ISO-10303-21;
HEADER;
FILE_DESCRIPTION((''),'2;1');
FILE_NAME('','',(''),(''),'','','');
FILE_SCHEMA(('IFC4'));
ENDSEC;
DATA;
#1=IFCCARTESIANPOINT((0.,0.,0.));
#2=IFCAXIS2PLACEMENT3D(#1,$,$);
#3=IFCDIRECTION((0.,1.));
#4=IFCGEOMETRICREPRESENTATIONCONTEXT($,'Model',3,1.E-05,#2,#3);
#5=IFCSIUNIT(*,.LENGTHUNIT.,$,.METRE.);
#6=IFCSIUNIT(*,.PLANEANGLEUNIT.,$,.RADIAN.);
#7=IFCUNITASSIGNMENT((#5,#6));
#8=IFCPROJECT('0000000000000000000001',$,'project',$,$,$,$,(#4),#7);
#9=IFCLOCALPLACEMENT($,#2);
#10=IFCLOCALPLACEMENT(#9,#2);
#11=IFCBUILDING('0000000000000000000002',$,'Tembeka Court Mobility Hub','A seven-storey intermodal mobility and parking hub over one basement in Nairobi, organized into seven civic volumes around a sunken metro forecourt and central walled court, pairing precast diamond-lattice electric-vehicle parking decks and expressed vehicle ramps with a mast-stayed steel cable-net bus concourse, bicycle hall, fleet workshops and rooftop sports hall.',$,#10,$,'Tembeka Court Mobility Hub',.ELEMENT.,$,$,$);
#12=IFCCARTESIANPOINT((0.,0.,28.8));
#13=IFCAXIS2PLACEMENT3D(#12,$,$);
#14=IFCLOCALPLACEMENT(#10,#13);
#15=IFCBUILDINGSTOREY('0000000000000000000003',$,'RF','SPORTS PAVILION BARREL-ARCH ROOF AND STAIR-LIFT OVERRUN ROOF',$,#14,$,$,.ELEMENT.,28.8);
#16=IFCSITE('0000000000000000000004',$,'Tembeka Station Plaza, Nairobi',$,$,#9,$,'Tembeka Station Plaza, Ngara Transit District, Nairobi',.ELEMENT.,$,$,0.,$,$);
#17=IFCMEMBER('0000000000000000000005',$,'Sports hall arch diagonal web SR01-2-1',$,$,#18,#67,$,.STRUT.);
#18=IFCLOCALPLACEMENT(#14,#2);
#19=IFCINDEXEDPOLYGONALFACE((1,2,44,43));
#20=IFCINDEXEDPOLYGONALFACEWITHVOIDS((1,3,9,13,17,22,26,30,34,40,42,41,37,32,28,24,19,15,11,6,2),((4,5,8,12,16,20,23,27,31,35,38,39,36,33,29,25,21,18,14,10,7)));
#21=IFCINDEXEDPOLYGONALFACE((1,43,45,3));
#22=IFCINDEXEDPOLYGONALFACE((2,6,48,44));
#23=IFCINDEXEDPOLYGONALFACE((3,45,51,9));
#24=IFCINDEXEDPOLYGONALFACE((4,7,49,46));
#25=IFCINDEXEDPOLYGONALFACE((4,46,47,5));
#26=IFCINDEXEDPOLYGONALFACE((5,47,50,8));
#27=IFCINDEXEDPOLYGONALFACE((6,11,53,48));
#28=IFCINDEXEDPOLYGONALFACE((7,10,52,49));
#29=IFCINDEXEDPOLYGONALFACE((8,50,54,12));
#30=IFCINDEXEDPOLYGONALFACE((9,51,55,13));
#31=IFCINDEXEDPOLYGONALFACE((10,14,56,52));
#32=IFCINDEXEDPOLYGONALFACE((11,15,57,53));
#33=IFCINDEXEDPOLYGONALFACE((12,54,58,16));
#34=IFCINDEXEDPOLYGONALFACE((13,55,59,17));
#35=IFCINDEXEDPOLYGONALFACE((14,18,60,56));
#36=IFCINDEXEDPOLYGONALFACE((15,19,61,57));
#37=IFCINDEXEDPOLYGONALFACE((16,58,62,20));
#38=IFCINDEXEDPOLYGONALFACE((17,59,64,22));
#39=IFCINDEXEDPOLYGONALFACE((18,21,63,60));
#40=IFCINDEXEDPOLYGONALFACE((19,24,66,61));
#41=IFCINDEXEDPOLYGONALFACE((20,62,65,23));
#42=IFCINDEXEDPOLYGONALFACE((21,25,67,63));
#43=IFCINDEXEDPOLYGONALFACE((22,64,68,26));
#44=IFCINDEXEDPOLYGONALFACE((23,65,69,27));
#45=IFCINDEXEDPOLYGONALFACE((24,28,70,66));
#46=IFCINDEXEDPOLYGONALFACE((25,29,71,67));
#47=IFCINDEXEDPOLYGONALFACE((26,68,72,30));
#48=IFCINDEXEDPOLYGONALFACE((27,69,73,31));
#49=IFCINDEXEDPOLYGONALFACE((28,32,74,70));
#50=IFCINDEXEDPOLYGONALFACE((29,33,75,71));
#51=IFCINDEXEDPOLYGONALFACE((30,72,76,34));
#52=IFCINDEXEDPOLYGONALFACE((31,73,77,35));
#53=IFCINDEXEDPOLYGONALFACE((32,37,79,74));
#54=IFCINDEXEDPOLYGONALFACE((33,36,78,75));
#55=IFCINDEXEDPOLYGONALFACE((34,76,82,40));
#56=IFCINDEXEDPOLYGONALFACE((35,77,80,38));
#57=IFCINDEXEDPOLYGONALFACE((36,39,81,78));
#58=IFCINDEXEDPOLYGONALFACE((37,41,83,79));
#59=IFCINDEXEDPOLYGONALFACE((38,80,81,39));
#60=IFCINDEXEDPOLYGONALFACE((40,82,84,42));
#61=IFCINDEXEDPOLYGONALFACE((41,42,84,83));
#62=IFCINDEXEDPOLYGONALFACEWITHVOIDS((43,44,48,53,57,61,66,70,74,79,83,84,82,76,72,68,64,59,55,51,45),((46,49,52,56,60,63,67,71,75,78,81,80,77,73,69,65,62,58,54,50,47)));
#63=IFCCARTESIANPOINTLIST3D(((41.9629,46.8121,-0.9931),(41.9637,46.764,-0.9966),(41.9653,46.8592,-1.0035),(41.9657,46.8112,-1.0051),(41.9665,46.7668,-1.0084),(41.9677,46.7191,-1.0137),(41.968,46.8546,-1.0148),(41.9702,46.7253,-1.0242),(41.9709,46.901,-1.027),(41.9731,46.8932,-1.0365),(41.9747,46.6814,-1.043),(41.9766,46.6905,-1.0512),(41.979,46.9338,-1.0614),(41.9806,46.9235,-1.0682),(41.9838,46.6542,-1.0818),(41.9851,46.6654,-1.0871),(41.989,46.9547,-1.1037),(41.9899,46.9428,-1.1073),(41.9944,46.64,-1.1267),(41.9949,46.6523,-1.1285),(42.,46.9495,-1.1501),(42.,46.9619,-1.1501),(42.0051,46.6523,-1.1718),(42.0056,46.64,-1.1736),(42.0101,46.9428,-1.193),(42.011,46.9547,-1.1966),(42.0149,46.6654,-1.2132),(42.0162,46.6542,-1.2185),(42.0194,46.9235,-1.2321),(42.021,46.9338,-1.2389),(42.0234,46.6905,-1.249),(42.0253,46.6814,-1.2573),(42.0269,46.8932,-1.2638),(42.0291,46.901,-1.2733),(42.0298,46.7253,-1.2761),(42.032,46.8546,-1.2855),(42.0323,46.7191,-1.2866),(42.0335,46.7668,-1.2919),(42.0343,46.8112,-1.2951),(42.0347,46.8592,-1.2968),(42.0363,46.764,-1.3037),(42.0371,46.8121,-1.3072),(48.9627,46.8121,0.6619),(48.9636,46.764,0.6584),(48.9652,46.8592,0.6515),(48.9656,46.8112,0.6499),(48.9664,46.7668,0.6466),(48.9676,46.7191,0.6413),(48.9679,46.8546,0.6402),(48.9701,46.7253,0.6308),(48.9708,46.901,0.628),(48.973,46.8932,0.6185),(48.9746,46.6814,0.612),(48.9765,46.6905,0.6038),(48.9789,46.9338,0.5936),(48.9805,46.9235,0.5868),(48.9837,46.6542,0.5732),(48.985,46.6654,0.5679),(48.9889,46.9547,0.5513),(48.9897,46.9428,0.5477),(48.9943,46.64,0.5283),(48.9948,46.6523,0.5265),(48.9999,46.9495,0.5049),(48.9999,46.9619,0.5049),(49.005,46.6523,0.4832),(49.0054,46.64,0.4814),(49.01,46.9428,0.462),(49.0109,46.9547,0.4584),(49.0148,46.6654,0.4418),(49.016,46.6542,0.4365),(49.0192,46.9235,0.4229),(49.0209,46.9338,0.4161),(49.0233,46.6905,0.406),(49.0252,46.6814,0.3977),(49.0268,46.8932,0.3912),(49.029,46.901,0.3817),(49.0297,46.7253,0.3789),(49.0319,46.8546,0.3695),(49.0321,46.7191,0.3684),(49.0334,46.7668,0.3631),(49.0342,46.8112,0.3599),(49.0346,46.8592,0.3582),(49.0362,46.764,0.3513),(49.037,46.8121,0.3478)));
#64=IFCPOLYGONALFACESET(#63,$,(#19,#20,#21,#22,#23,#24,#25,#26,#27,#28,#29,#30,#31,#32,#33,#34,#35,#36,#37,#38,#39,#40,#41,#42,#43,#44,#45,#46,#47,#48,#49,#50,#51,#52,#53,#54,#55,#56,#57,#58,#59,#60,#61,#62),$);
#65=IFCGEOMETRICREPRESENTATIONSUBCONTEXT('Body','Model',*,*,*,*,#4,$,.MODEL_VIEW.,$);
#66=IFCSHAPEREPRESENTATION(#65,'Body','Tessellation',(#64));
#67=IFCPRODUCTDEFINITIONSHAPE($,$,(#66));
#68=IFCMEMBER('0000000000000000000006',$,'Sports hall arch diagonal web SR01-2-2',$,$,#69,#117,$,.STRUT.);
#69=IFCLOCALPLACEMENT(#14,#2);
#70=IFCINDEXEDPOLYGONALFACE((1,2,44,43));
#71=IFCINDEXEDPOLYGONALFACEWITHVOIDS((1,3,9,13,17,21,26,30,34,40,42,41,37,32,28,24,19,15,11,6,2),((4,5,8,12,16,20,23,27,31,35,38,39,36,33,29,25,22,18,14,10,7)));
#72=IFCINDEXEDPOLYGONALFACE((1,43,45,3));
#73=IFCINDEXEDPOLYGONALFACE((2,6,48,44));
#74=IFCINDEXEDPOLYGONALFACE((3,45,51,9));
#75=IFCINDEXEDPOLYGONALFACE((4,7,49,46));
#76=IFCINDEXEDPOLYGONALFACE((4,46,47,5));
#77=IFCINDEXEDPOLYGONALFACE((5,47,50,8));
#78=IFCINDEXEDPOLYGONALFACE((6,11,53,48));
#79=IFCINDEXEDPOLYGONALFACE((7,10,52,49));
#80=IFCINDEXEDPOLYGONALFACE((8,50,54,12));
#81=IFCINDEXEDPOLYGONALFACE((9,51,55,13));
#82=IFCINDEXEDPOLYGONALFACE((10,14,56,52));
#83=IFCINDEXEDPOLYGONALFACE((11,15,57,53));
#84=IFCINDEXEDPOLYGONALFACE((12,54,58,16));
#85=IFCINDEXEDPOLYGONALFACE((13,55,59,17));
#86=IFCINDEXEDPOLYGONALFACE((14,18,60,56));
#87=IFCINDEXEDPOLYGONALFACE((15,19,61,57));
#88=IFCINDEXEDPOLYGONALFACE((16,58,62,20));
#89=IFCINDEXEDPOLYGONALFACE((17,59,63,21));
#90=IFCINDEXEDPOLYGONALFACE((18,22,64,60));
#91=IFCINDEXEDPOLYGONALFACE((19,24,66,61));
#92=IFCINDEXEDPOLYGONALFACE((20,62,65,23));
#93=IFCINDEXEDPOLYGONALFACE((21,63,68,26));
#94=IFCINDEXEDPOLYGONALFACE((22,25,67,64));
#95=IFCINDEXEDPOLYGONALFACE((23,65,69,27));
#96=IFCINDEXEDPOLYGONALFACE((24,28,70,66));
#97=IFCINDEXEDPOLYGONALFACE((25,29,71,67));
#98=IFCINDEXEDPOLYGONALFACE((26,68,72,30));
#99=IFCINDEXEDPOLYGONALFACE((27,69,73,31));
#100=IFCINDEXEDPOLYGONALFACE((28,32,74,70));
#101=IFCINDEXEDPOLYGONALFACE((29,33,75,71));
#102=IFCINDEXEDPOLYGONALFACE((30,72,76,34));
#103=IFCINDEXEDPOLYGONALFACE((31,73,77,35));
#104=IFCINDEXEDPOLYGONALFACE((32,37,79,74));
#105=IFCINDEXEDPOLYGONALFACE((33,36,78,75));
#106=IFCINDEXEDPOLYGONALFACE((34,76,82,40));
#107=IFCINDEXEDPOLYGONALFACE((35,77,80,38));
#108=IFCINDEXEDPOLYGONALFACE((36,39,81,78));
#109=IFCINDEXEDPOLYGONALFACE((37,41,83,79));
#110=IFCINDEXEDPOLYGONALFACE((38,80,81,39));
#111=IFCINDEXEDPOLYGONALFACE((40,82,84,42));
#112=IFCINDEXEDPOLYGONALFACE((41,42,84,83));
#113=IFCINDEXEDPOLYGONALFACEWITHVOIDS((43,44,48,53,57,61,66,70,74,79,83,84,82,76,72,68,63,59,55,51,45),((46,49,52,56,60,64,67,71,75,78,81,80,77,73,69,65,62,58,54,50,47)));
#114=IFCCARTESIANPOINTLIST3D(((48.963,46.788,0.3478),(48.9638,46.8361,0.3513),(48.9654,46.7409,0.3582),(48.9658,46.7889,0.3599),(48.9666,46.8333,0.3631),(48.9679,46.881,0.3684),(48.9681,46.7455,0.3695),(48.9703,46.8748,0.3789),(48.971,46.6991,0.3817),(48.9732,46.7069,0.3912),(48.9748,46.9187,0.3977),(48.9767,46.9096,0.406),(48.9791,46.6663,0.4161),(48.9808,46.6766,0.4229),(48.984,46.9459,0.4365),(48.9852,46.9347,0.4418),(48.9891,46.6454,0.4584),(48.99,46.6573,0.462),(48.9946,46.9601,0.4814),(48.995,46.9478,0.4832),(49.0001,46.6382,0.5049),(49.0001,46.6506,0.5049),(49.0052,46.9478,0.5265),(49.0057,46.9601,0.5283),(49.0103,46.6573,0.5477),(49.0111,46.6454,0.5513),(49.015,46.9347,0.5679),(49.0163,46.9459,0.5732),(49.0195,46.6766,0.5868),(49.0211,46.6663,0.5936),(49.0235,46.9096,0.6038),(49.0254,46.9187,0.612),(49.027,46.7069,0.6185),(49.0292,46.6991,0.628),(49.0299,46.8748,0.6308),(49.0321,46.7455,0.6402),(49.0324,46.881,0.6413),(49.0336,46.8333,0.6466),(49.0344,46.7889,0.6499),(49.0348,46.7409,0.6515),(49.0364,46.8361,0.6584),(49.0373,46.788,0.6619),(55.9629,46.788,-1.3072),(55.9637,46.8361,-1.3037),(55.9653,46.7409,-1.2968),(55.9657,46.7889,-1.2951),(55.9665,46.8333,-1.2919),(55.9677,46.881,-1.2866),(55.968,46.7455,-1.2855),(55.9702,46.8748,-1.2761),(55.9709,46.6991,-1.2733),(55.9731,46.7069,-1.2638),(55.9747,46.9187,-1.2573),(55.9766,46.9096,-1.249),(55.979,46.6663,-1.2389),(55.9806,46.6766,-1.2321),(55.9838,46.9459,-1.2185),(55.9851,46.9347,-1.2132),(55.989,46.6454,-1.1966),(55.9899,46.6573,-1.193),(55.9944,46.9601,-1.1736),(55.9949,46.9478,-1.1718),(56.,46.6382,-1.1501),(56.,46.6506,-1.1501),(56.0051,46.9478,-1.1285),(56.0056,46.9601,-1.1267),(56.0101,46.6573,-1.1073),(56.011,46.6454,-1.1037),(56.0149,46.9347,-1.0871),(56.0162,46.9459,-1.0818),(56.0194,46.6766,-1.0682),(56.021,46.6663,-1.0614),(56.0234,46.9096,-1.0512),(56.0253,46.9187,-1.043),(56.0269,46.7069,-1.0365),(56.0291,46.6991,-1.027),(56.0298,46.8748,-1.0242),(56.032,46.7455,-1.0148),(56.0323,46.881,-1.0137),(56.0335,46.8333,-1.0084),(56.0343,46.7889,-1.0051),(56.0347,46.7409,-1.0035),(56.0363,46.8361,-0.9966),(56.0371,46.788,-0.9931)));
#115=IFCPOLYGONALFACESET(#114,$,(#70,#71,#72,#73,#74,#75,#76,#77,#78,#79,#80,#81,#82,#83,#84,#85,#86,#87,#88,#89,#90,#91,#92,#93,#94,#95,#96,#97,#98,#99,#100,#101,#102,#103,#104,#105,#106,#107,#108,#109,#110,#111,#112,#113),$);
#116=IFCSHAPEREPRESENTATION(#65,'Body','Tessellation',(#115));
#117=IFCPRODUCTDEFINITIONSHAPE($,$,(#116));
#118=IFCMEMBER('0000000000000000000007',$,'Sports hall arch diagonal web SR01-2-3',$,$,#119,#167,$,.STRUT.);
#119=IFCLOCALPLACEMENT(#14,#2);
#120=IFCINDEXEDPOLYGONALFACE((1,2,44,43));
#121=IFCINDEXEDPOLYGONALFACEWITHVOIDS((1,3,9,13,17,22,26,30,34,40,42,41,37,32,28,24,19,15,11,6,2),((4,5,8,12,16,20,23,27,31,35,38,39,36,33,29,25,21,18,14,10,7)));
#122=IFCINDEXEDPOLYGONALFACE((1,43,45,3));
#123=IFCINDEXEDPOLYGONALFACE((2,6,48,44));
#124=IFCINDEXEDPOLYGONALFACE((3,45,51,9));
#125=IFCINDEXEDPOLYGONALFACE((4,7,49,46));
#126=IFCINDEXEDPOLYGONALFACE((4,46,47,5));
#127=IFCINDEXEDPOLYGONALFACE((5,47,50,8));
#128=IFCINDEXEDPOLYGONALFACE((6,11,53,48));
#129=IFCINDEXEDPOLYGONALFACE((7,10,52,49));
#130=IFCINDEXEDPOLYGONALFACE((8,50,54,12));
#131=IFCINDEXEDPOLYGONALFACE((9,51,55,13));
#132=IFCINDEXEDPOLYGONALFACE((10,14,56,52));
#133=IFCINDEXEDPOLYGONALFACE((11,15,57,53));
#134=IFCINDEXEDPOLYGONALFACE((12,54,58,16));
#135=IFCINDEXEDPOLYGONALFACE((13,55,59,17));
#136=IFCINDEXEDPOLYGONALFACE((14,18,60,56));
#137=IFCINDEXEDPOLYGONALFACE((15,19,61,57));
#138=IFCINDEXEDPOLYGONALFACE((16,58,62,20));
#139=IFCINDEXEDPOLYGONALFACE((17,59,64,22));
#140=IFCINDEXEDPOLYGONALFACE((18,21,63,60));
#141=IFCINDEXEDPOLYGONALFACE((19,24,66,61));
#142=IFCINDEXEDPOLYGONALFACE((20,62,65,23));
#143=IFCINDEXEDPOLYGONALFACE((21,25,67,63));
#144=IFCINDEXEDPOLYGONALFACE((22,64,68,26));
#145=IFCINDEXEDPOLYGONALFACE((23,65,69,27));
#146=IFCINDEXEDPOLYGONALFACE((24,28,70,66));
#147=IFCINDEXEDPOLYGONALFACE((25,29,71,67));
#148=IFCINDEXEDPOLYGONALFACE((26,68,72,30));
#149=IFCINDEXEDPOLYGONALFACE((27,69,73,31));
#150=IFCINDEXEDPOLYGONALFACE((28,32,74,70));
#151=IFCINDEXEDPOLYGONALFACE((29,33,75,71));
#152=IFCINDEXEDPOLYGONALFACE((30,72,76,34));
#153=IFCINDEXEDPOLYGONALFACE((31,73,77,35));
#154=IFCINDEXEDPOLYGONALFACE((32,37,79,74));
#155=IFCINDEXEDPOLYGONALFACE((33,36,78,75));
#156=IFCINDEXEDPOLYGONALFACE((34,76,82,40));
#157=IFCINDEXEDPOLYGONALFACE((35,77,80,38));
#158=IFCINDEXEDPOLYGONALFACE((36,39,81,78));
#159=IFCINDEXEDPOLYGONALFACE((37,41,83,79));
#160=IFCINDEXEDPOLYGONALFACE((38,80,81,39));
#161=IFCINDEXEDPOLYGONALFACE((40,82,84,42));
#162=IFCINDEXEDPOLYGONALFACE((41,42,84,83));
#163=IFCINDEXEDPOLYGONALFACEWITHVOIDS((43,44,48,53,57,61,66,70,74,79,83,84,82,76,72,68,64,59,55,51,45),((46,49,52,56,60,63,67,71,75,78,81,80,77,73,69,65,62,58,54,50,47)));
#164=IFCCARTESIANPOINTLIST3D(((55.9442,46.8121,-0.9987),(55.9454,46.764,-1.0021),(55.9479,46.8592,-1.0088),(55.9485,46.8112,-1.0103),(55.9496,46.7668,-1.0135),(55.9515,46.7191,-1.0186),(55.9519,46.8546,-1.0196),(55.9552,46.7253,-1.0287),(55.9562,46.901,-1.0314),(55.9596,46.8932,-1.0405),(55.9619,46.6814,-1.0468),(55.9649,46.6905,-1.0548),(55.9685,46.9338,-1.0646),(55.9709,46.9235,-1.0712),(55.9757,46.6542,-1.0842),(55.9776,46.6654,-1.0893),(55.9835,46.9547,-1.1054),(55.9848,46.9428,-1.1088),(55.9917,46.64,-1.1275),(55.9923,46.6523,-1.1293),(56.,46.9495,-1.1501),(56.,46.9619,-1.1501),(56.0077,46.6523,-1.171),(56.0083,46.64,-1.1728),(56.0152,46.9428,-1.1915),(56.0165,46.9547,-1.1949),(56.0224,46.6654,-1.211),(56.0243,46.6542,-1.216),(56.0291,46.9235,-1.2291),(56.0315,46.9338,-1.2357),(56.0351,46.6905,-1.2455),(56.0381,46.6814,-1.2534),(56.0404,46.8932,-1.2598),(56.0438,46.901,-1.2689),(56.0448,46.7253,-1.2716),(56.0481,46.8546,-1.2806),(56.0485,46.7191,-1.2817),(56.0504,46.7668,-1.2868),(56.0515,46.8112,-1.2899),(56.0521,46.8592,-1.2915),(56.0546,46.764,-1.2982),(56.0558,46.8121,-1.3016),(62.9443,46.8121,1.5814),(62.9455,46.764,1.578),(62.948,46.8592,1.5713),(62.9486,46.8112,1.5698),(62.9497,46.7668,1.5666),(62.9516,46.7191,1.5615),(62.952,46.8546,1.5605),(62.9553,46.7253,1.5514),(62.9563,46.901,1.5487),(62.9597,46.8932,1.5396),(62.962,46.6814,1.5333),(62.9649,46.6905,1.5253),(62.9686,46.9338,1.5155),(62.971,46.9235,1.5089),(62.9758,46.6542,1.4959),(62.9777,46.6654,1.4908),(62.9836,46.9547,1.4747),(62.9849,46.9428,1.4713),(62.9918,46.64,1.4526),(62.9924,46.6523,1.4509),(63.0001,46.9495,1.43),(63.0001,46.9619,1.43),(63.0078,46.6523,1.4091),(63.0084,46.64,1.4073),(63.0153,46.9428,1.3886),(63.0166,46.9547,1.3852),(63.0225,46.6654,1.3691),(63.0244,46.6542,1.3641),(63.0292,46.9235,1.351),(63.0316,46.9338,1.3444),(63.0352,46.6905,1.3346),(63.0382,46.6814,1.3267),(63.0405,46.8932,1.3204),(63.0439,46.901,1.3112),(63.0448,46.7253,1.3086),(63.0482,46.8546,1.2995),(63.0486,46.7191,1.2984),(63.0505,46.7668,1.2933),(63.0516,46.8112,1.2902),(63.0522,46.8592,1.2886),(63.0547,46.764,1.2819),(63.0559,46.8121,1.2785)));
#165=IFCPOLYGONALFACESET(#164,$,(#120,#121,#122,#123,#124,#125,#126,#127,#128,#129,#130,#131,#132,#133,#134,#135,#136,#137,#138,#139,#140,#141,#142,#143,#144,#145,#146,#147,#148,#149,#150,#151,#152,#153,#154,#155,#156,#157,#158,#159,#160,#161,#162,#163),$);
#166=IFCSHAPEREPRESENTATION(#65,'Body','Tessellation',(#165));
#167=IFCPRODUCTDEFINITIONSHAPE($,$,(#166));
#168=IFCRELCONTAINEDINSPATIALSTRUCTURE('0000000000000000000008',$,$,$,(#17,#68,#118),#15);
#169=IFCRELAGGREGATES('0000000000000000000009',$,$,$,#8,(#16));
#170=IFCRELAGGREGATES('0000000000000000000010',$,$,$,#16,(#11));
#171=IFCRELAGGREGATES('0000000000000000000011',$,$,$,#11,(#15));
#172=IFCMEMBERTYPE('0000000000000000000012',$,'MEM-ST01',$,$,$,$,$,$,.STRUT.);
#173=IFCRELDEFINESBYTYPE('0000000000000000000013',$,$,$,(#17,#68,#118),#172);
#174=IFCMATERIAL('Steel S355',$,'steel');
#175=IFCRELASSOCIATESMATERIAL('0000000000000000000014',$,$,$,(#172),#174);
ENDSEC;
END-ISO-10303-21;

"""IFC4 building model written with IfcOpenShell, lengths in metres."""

from ifc_helpers import new_model, si_unit, direction, frame, origin, origin_2d, place, context, subcontext, project, spatial, hollow_circle, extrude, material, material_profile, profile_set, type_object, element, save


model = new_model("IFC4")

# Units and contexts
model_context = context("Model", 3, precision=1e-05, world=origin(), true_north=direction((0.0, 1.0)))
body_context = subcontext(model_context, "Body", "Model", "MODEL_VIEW")
ifc_project = project(units=[si_unit("LENGTHUNIT", "METRE"), si_unit("PLANEANGLEUNIT", "RADIAN")], contexts=[model_context])

# Site, building, storey
site_placement = place(None, origin())
site = spatial("IfcSite", under=ifc_project, at=site_placement, Name="Tembeka Station Plaza, Nairobi", LongName="Tembeka Station Plaza, Ngara Transit District, Nairobi", CompositionType="ELEMENT", RefElevation=0.0)
building_placement = place(site_placement, origin())
building = spatial("IfcBuilding", under=site, at=building_placement, Name="Tembeka Court Mobility Hub", Description="A seven-storey intermodal mobility and parking hub over one basement in Nairobi, organized into seven civic volumes around a sunken metro forecourt and central walled court, pairing precast diamond-lattice electric-vehicle parking decks and expressed vehicle ramps with a mast-stayed steel cable-net bus concourse, bicycle hall, fleet workshops and rooftop sports hall.", LongName="Tembeka Court Mobility Hub", CompositionType="ELEMENT")
storey_placement = place(building_placement, frame((0.0, 0.0, 28.8)))
storey = spatial("IfcBuildingStorey", under=building, at=storey_placement, Name="RF", Description="SPORTS PAVILION BARREL-ARCH ROOF AND STAIR-LIFT OVERRUN ROOF", CompositionType="ELEMENT", Elevation=28.8)

# Shared definitions
ifc_material_1 = material(Name="Steel S355", Category="steel")

# Members
ifc_material_profile_1 = material_profile(ifc_material_1, hollow_circle(Radius=0.1619, WallThickness=0.0125, at=origin_2d()), Name="CHS 323.9x12.5")
ifc_profile_set_1 = profile_set([ifc_material_profile_1], Name="Steel S355")
member_type = type_object("IfcMemberType", Name="MEM-ST01", PredefinedType="STRUT", material=ifc_profile_set_1)
for number, where, z_axis, x_axis, name in (
    (1, (42.0, 46.8, -1.1501), (0.97317, 0.0, 0.230089), (0.0, 1.0, 0.0), "Sports hall arch diagonal web SR01-2-1"),
    (2, (56.0, 46.8, -1.1501), (-0.97317, 0.0, 0.230089), (0.0, -1.0, 0.0), "Sports hall arch diagonal web SR01-2-2"),
):
    element("IfcMember", number, at=place(storey_placement, frame(where, z_axis=z_axis, x_axis=x_axis)), inside=storey, type_object=member_type, Name=name, PredefinedType="STRUT", context=body_context, shape_type="SweptSolid", body=[
        extrude(hollow_circle(Radius=0.1619, WallThickness=0.0125, at=origin_2d()), origin(), (0.0, 0.0, 1.0), 7.1929),
    ])
member_1_placement = place(storey_placement, frame((56.0, 46.8, -1.1501), z_axis=(0.938294, 0.0, 0.345839), x_axis=(0.0, 1.0, 0.0)))
element("IfcMember", 3, at=member_1_placement, inside=storey, type_object=member_type, Name="Sports hall arch diagonal web SR01-2-3", PredefinedType="STRUT", context=body_context, shape_type="SweptSolid", body=[
    extrude(hollow_circle(Radius=0.1619, WallThickness=0.0125, at=origin_2d()), origin(), (0.0, 0.0, 1.0), 7.4604),
])

save(model, "model.ifc")
